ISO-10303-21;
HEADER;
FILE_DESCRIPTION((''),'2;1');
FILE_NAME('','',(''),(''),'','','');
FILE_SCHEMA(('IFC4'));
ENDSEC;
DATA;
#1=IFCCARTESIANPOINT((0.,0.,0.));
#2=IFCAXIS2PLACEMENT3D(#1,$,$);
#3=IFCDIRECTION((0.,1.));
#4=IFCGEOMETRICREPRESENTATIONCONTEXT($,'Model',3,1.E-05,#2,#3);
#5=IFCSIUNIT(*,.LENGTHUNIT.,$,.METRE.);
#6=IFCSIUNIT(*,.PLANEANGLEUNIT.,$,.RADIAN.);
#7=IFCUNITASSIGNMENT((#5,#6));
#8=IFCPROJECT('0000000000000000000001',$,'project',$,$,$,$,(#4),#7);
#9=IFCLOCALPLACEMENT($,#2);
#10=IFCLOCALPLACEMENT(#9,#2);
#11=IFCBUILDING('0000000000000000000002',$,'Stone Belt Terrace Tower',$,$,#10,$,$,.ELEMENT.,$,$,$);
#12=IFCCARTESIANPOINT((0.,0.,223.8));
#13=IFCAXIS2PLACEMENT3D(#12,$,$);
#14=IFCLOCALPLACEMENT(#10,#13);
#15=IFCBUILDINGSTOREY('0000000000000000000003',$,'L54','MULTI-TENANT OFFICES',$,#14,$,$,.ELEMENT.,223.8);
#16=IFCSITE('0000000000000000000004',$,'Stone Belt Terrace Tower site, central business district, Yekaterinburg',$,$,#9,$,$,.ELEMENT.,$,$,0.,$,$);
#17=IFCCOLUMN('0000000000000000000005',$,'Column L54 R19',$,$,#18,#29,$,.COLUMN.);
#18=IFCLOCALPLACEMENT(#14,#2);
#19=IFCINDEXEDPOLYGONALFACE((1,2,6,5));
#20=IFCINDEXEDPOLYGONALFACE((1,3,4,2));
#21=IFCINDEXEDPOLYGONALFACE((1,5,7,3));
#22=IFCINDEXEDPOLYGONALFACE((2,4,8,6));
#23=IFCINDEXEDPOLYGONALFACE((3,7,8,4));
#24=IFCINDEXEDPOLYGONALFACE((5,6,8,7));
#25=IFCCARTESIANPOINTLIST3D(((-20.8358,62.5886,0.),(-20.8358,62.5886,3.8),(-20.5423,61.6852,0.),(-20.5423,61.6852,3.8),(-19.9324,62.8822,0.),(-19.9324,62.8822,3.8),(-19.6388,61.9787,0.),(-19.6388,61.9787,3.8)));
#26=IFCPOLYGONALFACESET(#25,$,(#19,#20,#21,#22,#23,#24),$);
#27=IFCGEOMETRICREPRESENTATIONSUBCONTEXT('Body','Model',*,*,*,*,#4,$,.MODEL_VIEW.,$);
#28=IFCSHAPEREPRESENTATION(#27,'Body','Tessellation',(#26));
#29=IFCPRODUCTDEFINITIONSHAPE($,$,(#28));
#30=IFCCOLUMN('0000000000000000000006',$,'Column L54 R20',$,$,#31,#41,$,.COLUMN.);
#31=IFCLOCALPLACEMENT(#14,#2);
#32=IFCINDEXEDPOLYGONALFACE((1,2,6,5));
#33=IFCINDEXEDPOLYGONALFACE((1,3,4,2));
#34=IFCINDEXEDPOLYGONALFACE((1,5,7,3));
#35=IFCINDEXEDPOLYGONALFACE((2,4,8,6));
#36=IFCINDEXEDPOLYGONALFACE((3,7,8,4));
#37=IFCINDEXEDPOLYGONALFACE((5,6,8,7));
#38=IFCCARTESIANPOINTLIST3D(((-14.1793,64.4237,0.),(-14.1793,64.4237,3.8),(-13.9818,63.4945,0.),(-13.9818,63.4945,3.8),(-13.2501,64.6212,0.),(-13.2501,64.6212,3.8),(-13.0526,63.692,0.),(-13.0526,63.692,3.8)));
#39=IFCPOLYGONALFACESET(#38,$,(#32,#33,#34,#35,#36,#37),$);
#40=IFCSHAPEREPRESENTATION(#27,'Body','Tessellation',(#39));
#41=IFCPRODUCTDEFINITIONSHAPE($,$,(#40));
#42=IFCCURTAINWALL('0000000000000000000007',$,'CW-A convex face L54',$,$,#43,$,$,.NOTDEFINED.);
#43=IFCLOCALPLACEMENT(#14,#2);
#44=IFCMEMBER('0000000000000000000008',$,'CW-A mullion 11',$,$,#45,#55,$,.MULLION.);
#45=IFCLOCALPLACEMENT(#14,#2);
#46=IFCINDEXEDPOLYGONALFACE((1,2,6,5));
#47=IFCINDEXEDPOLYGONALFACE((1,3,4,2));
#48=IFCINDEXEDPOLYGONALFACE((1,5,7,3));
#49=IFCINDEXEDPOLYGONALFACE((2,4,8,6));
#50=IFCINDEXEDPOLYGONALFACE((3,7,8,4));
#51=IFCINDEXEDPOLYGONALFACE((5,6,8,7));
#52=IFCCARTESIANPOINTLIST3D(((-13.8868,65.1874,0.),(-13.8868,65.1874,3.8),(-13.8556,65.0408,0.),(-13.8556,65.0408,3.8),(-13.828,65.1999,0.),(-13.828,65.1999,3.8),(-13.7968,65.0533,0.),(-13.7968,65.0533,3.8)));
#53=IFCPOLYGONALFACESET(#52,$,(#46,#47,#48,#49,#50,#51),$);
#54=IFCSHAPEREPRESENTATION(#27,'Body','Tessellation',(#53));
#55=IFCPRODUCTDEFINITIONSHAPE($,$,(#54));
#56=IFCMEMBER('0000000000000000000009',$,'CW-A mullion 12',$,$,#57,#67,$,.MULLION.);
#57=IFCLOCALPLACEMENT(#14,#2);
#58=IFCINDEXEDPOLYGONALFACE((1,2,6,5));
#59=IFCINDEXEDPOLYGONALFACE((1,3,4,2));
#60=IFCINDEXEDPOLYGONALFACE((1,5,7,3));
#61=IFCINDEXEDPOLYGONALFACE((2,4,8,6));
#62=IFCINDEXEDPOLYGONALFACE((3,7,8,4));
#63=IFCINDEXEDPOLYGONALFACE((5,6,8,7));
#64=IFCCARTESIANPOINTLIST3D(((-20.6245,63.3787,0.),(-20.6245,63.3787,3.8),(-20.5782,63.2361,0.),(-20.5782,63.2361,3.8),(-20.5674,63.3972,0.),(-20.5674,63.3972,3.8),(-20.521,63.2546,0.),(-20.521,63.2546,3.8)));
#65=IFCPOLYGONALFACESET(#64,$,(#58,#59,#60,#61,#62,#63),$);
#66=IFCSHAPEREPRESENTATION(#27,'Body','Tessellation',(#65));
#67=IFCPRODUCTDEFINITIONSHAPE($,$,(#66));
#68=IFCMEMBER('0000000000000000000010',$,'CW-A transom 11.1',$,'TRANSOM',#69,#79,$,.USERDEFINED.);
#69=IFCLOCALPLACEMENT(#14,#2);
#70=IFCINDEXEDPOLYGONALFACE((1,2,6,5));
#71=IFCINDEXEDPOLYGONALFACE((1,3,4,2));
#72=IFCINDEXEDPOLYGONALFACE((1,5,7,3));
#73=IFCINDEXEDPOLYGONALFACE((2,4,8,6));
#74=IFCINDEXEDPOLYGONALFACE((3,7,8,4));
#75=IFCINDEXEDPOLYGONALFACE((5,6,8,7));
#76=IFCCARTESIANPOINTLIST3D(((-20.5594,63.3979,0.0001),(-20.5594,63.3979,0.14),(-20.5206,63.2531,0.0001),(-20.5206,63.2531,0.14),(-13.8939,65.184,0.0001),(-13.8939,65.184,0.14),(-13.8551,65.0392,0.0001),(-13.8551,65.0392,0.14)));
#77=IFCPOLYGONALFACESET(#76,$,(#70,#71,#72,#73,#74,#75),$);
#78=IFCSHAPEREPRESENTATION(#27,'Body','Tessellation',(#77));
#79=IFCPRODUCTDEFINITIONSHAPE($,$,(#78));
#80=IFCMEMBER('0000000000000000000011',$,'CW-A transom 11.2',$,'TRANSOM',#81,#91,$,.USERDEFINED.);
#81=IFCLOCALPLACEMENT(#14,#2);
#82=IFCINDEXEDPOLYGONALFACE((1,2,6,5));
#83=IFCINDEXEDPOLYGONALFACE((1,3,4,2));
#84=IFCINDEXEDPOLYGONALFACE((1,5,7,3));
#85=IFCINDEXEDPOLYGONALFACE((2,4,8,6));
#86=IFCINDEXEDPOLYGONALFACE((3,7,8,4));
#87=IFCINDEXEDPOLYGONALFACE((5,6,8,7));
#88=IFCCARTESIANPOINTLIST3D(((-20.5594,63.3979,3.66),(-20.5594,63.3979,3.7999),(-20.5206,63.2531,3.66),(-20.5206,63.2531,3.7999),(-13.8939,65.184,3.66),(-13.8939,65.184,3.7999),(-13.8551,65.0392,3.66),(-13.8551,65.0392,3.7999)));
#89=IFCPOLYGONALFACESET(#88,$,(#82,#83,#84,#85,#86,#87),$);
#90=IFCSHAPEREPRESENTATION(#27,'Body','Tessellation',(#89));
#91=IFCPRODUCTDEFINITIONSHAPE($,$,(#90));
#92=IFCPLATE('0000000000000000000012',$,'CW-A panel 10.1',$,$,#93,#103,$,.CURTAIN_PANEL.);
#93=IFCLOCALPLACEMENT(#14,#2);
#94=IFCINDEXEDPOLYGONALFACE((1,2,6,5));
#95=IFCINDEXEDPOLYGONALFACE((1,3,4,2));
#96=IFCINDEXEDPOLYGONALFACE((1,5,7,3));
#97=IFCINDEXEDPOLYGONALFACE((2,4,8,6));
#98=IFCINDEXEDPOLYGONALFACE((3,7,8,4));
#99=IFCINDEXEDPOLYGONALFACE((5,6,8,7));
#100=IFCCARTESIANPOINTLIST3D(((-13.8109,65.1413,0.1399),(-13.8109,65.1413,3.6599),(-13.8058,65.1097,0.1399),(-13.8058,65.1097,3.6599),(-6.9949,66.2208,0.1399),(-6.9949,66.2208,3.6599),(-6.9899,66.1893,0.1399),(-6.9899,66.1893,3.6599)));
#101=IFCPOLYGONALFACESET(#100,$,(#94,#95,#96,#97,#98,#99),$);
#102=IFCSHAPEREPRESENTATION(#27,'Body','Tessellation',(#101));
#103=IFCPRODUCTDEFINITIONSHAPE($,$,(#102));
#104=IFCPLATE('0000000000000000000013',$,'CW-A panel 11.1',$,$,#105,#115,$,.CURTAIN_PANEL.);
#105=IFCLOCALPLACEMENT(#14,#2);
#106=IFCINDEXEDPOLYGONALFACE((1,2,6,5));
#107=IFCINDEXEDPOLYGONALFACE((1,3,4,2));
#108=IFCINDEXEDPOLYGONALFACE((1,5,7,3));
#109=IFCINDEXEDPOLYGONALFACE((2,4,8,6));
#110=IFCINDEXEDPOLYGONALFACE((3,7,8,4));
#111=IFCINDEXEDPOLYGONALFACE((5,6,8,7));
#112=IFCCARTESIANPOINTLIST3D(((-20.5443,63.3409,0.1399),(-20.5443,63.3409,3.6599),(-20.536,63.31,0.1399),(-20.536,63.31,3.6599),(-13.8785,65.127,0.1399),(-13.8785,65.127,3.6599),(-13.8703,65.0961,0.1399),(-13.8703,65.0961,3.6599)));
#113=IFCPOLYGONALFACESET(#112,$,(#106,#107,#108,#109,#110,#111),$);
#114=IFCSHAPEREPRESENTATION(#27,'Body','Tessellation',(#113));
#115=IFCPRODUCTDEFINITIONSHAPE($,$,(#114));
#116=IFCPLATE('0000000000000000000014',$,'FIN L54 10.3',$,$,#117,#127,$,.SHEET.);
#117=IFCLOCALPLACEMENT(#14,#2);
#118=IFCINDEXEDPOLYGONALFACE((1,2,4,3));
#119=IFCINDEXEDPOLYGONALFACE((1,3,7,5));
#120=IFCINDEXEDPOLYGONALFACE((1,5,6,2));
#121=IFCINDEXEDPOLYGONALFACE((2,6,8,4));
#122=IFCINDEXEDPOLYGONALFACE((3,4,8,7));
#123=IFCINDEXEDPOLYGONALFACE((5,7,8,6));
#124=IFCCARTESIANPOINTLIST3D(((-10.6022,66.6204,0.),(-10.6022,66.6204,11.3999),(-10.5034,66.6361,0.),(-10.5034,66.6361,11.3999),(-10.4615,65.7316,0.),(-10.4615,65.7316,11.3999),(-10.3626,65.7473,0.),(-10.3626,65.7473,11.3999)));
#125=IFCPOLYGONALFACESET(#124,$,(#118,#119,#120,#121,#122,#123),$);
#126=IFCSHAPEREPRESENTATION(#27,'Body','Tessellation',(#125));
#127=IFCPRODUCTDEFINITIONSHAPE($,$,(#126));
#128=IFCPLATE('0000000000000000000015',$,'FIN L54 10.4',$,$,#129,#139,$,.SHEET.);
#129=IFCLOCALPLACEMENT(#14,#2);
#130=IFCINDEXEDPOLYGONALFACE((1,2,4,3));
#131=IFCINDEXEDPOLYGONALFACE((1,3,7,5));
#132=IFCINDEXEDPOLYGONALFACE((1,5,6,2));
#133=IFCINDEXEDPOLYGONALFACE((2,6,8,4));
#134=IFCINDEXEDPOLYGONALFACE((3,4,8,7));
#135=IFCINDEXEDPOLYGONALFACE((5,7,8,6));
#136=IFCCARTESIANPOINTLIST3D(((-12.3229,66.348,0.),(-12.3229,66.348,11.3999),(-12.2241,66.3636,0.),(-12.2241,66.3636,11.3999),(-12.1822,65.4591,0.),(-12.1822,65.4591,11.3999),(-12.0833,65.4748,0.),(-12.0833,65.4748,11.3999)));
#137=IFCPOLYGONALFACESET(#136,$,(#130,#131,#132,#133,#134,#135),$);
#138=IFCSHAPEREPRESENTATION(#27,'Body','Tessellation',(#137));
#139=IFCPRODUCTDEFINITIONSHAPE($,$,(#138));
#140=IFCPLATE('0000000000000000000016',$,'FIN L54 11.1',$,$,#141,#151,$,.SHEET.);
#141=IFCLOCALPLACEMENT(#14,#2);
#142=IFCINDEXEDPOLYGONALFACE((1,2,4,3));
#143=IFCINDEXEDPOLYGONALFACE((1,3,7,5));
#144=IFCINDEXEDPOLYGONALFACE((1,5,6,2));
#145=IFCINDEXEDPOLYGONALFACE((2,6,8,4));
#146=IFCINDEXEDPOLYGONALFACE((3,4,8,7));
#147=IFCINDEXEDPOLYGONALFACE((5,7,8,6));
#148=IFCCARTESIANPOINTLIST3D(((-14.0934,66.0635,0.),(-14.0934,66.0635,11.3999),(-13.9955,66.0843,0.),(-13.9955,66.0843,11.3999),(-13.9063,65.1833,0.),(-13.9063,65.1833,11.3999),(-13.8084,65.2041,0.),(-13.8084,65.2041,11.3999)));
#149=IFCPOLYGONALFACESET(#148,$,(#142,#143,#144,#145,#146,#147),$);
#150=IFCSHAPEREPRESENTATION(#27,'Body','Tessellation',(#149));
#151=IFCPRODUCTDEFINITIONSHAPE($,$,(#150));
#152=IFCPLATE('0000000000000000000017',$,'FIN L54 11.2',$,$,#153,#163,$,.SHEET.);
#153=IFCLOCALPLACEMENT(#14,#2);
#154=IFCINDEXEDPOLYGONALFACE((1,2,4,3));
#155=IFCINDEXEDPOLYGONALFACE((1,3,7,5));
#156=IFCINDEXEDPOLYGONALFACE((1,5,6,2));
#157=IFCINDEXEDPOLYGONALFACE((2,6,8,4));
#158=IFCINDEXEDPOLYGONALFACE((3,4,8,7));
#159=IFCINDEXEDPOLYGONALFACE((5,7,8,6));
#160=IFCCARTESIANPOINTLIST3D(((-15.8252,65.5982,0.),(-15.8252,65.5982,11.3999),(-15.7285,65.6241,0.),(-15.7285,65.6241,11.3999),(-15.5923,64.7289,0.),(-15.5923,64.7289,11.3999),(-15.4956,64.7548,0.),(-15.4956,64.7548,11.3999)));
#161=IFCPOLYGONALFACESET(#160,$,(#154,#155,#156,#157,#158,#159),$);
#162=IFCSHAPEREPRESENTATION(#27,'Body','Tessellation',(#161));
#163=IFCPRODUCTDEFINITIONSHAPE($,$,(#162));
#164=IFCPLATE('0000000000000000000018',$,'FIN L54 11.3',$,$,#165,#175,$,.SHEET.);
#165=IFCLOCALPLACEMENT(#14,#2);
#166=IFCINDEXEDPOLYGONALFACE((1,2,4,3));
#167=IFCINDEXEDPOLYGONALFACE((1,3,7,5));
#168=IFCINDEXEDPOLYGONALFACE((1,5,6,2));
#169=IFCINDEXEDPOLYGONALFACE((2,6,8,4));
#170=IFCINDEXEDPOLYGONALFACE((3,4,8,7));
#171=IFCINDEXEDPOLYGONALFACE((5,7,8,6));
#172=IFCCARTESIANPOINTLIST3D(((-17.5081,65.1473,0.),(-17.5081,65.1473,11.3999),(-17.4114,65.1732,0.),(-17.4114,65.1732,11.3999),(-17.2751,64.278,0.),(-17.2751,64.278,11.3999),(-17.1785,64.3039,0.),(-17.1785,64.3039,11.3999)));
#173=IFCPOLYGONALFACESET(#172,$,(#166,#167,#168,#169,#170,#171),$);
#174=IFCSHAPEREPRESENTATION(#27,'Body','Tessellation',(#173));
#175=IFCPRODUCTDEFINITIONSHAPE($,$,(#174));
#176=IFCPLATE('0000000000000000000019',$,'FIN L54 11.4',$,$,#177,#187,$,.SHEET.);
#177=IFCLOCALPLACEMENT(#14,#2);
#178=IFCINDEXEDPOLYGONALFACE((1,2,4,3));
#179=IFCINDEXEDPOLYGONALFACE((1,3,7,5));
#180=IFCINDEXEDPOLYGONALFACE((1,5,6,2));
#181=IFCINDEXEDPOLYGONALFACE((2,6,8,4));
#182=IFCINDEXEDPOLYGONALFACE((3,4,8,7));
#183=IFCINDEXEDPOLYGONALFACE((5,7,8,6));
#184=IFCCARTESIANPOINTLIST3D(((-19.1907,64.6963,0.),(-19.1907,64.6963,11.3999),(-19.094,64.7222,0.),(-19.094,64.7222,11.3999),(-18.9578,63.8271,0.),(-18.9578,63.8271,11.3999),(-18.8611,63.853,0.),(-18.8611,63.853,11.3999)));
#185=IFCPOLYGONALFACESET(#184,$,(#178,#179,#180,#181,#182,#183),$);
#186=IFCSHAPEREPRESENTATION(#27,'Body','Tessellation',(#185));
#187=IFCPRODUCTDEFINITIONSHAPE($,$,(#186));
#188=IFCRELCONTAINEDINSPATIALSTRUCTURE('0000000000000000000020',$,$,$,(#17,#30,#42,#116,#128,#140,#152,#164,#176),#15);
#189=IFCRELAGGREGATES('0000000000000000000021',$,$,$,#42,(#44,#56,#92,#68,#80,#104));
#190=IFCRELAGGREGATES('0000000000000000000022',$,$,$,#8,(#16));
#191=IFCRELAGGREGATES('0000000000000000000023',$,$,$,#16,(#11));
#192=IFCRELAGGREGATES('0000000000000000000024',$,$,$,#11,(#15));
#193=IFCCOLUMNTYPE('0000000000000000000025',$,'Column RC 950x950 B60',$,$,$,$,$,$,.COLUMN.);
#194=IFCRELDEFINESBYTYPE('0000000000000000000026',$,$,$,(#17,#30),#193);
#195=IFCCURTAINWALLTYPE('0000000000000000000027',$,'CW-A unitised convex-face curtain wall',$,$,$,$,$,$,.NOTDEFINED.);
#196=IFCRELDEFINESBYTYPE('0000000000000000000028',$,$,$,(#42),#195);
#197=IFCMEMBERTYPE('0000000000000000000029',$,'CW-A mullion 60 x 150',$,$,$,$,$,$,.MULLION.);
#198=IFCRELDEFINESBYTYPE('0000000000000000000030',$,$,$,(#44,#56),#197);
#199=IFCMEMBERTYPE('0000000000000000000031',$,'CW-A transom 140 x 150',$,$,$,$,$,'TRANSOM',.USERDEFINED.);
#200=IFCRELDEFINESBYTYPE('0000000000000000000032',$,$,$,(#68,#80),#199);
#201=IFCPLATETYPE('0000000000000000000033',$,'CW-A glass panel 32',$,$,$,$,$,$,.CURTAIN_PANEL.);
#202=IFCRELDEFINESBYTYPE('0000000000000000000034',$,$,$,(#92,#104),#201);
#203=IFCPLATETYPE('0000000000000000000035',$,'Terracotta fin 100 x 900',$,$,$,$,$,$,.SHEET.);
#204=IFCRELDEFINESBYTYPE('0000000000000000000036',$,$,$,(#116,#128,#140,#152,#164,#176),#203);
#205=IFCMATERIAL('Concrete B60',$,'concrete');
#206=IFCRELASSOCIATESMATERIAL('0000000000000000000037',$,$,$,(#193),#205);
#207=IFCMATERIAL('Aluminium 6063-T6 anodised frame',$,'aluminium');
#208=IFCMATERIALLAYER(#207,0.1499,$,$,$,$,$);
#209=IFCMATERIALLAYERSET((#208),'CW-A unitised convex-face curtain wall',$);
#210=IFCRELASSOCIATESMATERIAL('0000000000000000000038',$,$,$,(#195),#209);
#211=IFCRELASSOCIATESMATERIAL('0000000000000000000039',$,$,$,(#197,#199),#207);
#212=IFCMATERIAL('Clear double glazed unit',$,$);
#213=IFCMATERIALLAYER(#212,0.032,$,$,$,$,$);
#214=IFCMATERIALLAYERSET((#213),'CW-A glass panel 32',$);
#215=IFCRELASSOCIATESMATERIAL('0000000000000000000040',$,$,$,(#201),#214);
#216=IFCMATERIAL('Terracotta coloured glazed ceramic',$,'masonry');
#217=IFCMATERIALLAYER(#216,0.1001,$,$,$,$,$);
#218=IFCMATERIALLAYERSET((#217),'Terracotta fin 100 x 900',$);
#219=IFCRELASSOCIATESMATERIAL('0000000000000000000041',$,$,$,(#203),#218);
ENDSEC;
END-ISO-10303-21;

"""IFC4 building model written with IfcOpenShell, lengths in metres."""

from ifc_helpers import new_model, si_unit, direction, frame, origin, origin_2d, place, context, subcontext, project, spatial, rectangle, extrude, material, layer, layer_set, material_profile, profile_set, type_object, element, aggregate, save


model = new_model("IFC4")

# Units and contexts
model_context = context("Model", 3, precision=1e-05, world=origin(), true_north=direction((0.0, 1.0)))
body_context = subcontext(model_context, "Body", "Model", "MODEL_VIEW")
ifc_project = project(units=[si_unit("LENGTHUNIT", "METRE"), si_unit("PLANEANGLEUNIT", "RADIAN")], contexts=[model_context])

# Site, building, storey
site_placement = place(None, origin())
site = spatial("IfcSite", under=ifc_project, at=site_placement, Name="Stone Belt Terrace Tower site, central business district, Yekaterinburg", CompositionType="ELEMENT", RefElevation=0.0)
building_placement = place(site_placement, origin())
building = spatial("IfcBuilding", under=site, at=building_placement, Name="Stone Belt Terrace Tower", CompositionType="ELEMENT")
storey_placement = place(building_placement, frame((0.0, 0.0, 223.8)))
storey = spatial("IfcBuildingStorey", under=building, at=storey_placement, Name="L54", Description="MULTI-TENANT OFFICES", CompositionType="ELEMENT", Elevation=223.8)

# Columns
ifc_material_1 = material(Name="Concrete B60", Category="concrete")
ifc_material_profile_1 = material_profile(ifc_material_1, rectangle(XDim=0.95, YDim=0.95, at=origin_2d()), Name="RC 950x950")
ifc_profile_set_1 = profile_set([ifc_material_profile_1], Name="Concrete B60")
column_type = type_object("IfcColumnType", Name="Column RC 950x950 B60", PredefinedType="COLUMN", material=ifc_profile_set_1)
for number, where, z_axis, x_axis, name in (
    (1, (-20.2373, 62.2837, 0.0), (0.0, 0.0, 1.0), (0.951057, 0.309017, 0.0), "Column L54 R19"),
    (2, (-13.616, 64.0579, 0.0), (0.0, 0.0, 1.0), (0.978148, 0.207912, 0.0), "Column L54 R20"),
):
    element("IfcColumn", number, at=place(storey_placement, frame(where, z_axis=z_axis, x_axis=x_axis)), inside=storey, type_object=column_type, Name=name, PredefinedType="COLUMN", context=body_context, shape_type="SweptSolid", body=[
        extrude(rectangle(XDim=0.95, YDim=0.95, at=origin_2d()), origin(), (0.0, 0.0, 1.0), 3.8),
    ])

# Curtain wall, members, plates
ifc_material_2 = material(Name="Aluminium 6063-T6 anodised frame", Category="aluminium")
ifc_layer_1 = layer(ifc_material_2, 0.1499)
ifc_layer_set_1 = layer_set([ifc_layer_1], Name="CW-A unitised convex-face curtain wall")
curtain_wall_type = type_object("IfcCurtainWallType", Name="CW-A unitised convex-face curtain wall", PredefinedType="NOTDEFINED", material=ifc_layer_set_1)
curtain_wall_placement = place(storey_placement, origin())
curtain_wall = element("IfcCurtainWall", 3, at=curtain_wall_placement, inside=storey, type_object=curtain_wall_type, Name="CW-A convex face L54", PredefinedType="NOTDEFINED")
ifc_material_profile_2 = material_profile(ifc_material_2, rectangle(XDim=0.1499, YDim=0.0601, at=origin_2d()), Name="Aluminium 6063-T6 60x150")
ifc_profile_set_2 = profile_set([ifc_material_profile_2], Name="Aluminium 6063-T6 anodised frame")
member_type_1 = type_object("IfcMemberType", Name="CW-A mullion 60 x 150", PredefinedType="MULLION", material=ifc_profile_set_2)
member_1_placement = place(storey_placement, frame((-13.8418, 65.1204, 0.0), z_axis=(0.0, 0.0, 1.0), x_axis=(0.207912, -0.978148, 0.0)))
member_1 = element("IfcMember", 4, at=member_1_placement, type_object=member_type_1, Name="CW-A mullion 11", PredefinedType="MULLION", context=body_context, shape_type="SweptSolid", body=[
    extrude(rectangle(XDim=0.1499, YDim=0.0601, at=origin_2d()), origin(), (0.0, 0.0, 1.0), 3.8),
])
member_2_placement = place(storey_placement, frame((-20.5728, 63.3167, 0.0), z_axis=(0.0, 0.0, 1.0), x_axis=(0.309017, -0.951057, 0.0)))
member_2 = element("IfcMember", 5, at=member_2_placement, type_object=member_type_1, Name="CW-A mullion 12", PredefinedType="MULLION", context=body_context, shape_type="SweptSolid", body=[
    extrude(rectangle(XDim=0.1499, YDim=0.0601, at=origin_2d()), origin(), (0.0, 0.0, 1.0), 3.8),
])
ifc_material_profile_3 = material_profile(ifc_material_2, rectangle(XDim=0.1499, YDim=0.1399, at=origin_2d()), Name="Aluminium 6063-T6 150x140")
ifc_profile_set_3 = profile_set([ifc_material_profile_3], Name="Aluminium 6063-T6 anodised frame")
member_type_2 = type_object("IfcMemberType", Name="CW-A transom 140 x 150", ElementType="TRANSOM", PredefinedType="USERDEFINED", material=ifc_profile_set_3)
member_3_placement = place(storey_placement, frame((-13.8745, 65.1116, 0.0701), z_axis=(-0.965922, -0.258834, 0.0), x_axis=(0.258834, -0.965922, 0.0)))
member_3 = element("IfcMember", 6, at=member_3_placement, type_object=member_type_2, Name="CW-A transom 11.1", ObjectType="TRANSOM", PredefinedType="USERDEFINED", context=body_context, shape_type="SweptSolid", body=[
    extrude(rectangle(XDim=0.1499, YDim=0.1399, at=origin_2d()), origin(), (0.0, 0.0, 1.0), 6.9006),
])
member_4_placement = place(storey_placement, frame((-13.8745, 65.1116, 3.73), z_axis=(-0.965922, -0.258834, 0.0), x_axis=(0.258834, -0.965922, 0.0)))
member_4 = element("IfcMember", 7, at=member_4_placement, type_object=member_type_2, Name="CW-A transom 11.2", ObjectType="TRANSOM", PredefinedType="USERDEFINED", context=body_context, shape_type="SweptSolid", body=[
    extrude(rectangle(XDim=0.1499, YDim=0.1399, at=origin_2d()), origin(), (0.0, 0.0, 1.0), 6.9006),
])
ifc_material_3 = material(Name="Clear double glazed unit")
ifc_layer_2 = layer(ifc_material_3, 0.032)
ifc_layer_set_2 = layer_set([ifc_layer_2], Name="CW-A glass panel 32")
plate_type_1 = type_object("IfcPlateType", Name="CW-A glass panel 32", PredefinedType="CURTAIN_PANEL", material=ifc_layer_set_2)
plate_1_placement = place(storey_placement, frame((-10.4004, 65.6653, 0.1399), z_axis=(0.0, 0.0, 1.0), x_axis=(-0.987688, -0.156434, 0.0)))
plate_1 = element("IfcPlate", 8, at=plate_1_placement, type_object=plate_type_1, Name="CW-A panel 10.1", PredefinedType="CURTAIN_PANEL", context=body_context, shape_type="SweptSolid", body=[
    extrude(rectangle(XDim=6.9009, YDim=0.032, at=origin_2d()), origin(), (0.0, 0.0, 1.0), 3.52),
])
plate_2_placement = place(storey_placement, frame((-17.2073, 64.2185, 0.1399), z_axis=(0.0, 0.0, 1.0), x_axis=(-0.965926, -0.258819, 0.0)))
plate_2 = element("IfcPlate", 9, at=plate_2_placement, type_object=plate_type_1, Name="CW-A panel 11.1", PredefinedType="CURTAIN_PANEL", context=body_context, shape_type="SweptSolid", body=[
    extrude(rectangle(XDim=6.9009, YDim=0.032, at=origin_2d()), origin(), (0.0, 0.0, 1.0), 3.52),
])
aggregate(curtain_wall, [member_1, member_2, plate_1, member_3, member_4, plate_2])

# Plates
ifc_material_4 = material(Name="Terracotta coloured glazed ceramic", Category="masonry")
ifc_layer_3 = layer(ifc_material_4, 0.1001)
ifc_layer_set_3 = layer_set([ifc_layer_3], Name="Terracotta fin 100 x 900")
plate_type_2 = type_object("IfcPlateType", Name="Terracotta fin 100 x 900", PredefinedType="SHEET", material=ifc_layer_set_3)
for number, where, z_axis, x_axis, name in (
    (10, (-10.4824, 66.1838, 0.0), (0.0, 0.0, 1.0), (-0.156434, 0.987688, 0.0), "FIN L54 10.3"),
    (11, (-12.2031, 65.9114, 0.0), (0.0, 0.0, 1.0), (-0.156434, 0.987688, 0.0), "FIN L54 10.4"),
    (12, (-13.9509, 65.6338, 0.0), (0.0, 0.0, 1.0), (-0.207912, 0.978148, 0.0), "FIN L54 11.1"),
    (13, (-15.6604, 65.1765, 0.0), (0.0, 0.0, 1.0), (-0.258819, 0.965926, 0.0), "FIN L54 11.2"),
    (14, (-17.3433, 64.7256, 0.0), (0.0, 0.0, 1.0), (-0.258819, 0.965926, 0.0), "FIN L54 11.3"),
    (15, (-19.0259, 64.2747, 0.0), (0.0, 0.0, 1.0), (-0.258819, 0.965926, 0.0), "FIN L54 11.4"),
):
    element("IfcPlate", number, at=place(storey_placement, frame(where, z_axis=z_axis, x_axis=x_axis)), inside=storey, type_object=plate_type_2, Name=name, PredefinedType="SHEET", context=body_context, shape_type="SweptSolid", body=[
        extrude(rectangle(XDim=0.8999, YDim=0.1001, at=origin_2d()), origin(), (0.0, 0.0, 1.0), 11.3999),
    ])

save(model, "model.ifc")
